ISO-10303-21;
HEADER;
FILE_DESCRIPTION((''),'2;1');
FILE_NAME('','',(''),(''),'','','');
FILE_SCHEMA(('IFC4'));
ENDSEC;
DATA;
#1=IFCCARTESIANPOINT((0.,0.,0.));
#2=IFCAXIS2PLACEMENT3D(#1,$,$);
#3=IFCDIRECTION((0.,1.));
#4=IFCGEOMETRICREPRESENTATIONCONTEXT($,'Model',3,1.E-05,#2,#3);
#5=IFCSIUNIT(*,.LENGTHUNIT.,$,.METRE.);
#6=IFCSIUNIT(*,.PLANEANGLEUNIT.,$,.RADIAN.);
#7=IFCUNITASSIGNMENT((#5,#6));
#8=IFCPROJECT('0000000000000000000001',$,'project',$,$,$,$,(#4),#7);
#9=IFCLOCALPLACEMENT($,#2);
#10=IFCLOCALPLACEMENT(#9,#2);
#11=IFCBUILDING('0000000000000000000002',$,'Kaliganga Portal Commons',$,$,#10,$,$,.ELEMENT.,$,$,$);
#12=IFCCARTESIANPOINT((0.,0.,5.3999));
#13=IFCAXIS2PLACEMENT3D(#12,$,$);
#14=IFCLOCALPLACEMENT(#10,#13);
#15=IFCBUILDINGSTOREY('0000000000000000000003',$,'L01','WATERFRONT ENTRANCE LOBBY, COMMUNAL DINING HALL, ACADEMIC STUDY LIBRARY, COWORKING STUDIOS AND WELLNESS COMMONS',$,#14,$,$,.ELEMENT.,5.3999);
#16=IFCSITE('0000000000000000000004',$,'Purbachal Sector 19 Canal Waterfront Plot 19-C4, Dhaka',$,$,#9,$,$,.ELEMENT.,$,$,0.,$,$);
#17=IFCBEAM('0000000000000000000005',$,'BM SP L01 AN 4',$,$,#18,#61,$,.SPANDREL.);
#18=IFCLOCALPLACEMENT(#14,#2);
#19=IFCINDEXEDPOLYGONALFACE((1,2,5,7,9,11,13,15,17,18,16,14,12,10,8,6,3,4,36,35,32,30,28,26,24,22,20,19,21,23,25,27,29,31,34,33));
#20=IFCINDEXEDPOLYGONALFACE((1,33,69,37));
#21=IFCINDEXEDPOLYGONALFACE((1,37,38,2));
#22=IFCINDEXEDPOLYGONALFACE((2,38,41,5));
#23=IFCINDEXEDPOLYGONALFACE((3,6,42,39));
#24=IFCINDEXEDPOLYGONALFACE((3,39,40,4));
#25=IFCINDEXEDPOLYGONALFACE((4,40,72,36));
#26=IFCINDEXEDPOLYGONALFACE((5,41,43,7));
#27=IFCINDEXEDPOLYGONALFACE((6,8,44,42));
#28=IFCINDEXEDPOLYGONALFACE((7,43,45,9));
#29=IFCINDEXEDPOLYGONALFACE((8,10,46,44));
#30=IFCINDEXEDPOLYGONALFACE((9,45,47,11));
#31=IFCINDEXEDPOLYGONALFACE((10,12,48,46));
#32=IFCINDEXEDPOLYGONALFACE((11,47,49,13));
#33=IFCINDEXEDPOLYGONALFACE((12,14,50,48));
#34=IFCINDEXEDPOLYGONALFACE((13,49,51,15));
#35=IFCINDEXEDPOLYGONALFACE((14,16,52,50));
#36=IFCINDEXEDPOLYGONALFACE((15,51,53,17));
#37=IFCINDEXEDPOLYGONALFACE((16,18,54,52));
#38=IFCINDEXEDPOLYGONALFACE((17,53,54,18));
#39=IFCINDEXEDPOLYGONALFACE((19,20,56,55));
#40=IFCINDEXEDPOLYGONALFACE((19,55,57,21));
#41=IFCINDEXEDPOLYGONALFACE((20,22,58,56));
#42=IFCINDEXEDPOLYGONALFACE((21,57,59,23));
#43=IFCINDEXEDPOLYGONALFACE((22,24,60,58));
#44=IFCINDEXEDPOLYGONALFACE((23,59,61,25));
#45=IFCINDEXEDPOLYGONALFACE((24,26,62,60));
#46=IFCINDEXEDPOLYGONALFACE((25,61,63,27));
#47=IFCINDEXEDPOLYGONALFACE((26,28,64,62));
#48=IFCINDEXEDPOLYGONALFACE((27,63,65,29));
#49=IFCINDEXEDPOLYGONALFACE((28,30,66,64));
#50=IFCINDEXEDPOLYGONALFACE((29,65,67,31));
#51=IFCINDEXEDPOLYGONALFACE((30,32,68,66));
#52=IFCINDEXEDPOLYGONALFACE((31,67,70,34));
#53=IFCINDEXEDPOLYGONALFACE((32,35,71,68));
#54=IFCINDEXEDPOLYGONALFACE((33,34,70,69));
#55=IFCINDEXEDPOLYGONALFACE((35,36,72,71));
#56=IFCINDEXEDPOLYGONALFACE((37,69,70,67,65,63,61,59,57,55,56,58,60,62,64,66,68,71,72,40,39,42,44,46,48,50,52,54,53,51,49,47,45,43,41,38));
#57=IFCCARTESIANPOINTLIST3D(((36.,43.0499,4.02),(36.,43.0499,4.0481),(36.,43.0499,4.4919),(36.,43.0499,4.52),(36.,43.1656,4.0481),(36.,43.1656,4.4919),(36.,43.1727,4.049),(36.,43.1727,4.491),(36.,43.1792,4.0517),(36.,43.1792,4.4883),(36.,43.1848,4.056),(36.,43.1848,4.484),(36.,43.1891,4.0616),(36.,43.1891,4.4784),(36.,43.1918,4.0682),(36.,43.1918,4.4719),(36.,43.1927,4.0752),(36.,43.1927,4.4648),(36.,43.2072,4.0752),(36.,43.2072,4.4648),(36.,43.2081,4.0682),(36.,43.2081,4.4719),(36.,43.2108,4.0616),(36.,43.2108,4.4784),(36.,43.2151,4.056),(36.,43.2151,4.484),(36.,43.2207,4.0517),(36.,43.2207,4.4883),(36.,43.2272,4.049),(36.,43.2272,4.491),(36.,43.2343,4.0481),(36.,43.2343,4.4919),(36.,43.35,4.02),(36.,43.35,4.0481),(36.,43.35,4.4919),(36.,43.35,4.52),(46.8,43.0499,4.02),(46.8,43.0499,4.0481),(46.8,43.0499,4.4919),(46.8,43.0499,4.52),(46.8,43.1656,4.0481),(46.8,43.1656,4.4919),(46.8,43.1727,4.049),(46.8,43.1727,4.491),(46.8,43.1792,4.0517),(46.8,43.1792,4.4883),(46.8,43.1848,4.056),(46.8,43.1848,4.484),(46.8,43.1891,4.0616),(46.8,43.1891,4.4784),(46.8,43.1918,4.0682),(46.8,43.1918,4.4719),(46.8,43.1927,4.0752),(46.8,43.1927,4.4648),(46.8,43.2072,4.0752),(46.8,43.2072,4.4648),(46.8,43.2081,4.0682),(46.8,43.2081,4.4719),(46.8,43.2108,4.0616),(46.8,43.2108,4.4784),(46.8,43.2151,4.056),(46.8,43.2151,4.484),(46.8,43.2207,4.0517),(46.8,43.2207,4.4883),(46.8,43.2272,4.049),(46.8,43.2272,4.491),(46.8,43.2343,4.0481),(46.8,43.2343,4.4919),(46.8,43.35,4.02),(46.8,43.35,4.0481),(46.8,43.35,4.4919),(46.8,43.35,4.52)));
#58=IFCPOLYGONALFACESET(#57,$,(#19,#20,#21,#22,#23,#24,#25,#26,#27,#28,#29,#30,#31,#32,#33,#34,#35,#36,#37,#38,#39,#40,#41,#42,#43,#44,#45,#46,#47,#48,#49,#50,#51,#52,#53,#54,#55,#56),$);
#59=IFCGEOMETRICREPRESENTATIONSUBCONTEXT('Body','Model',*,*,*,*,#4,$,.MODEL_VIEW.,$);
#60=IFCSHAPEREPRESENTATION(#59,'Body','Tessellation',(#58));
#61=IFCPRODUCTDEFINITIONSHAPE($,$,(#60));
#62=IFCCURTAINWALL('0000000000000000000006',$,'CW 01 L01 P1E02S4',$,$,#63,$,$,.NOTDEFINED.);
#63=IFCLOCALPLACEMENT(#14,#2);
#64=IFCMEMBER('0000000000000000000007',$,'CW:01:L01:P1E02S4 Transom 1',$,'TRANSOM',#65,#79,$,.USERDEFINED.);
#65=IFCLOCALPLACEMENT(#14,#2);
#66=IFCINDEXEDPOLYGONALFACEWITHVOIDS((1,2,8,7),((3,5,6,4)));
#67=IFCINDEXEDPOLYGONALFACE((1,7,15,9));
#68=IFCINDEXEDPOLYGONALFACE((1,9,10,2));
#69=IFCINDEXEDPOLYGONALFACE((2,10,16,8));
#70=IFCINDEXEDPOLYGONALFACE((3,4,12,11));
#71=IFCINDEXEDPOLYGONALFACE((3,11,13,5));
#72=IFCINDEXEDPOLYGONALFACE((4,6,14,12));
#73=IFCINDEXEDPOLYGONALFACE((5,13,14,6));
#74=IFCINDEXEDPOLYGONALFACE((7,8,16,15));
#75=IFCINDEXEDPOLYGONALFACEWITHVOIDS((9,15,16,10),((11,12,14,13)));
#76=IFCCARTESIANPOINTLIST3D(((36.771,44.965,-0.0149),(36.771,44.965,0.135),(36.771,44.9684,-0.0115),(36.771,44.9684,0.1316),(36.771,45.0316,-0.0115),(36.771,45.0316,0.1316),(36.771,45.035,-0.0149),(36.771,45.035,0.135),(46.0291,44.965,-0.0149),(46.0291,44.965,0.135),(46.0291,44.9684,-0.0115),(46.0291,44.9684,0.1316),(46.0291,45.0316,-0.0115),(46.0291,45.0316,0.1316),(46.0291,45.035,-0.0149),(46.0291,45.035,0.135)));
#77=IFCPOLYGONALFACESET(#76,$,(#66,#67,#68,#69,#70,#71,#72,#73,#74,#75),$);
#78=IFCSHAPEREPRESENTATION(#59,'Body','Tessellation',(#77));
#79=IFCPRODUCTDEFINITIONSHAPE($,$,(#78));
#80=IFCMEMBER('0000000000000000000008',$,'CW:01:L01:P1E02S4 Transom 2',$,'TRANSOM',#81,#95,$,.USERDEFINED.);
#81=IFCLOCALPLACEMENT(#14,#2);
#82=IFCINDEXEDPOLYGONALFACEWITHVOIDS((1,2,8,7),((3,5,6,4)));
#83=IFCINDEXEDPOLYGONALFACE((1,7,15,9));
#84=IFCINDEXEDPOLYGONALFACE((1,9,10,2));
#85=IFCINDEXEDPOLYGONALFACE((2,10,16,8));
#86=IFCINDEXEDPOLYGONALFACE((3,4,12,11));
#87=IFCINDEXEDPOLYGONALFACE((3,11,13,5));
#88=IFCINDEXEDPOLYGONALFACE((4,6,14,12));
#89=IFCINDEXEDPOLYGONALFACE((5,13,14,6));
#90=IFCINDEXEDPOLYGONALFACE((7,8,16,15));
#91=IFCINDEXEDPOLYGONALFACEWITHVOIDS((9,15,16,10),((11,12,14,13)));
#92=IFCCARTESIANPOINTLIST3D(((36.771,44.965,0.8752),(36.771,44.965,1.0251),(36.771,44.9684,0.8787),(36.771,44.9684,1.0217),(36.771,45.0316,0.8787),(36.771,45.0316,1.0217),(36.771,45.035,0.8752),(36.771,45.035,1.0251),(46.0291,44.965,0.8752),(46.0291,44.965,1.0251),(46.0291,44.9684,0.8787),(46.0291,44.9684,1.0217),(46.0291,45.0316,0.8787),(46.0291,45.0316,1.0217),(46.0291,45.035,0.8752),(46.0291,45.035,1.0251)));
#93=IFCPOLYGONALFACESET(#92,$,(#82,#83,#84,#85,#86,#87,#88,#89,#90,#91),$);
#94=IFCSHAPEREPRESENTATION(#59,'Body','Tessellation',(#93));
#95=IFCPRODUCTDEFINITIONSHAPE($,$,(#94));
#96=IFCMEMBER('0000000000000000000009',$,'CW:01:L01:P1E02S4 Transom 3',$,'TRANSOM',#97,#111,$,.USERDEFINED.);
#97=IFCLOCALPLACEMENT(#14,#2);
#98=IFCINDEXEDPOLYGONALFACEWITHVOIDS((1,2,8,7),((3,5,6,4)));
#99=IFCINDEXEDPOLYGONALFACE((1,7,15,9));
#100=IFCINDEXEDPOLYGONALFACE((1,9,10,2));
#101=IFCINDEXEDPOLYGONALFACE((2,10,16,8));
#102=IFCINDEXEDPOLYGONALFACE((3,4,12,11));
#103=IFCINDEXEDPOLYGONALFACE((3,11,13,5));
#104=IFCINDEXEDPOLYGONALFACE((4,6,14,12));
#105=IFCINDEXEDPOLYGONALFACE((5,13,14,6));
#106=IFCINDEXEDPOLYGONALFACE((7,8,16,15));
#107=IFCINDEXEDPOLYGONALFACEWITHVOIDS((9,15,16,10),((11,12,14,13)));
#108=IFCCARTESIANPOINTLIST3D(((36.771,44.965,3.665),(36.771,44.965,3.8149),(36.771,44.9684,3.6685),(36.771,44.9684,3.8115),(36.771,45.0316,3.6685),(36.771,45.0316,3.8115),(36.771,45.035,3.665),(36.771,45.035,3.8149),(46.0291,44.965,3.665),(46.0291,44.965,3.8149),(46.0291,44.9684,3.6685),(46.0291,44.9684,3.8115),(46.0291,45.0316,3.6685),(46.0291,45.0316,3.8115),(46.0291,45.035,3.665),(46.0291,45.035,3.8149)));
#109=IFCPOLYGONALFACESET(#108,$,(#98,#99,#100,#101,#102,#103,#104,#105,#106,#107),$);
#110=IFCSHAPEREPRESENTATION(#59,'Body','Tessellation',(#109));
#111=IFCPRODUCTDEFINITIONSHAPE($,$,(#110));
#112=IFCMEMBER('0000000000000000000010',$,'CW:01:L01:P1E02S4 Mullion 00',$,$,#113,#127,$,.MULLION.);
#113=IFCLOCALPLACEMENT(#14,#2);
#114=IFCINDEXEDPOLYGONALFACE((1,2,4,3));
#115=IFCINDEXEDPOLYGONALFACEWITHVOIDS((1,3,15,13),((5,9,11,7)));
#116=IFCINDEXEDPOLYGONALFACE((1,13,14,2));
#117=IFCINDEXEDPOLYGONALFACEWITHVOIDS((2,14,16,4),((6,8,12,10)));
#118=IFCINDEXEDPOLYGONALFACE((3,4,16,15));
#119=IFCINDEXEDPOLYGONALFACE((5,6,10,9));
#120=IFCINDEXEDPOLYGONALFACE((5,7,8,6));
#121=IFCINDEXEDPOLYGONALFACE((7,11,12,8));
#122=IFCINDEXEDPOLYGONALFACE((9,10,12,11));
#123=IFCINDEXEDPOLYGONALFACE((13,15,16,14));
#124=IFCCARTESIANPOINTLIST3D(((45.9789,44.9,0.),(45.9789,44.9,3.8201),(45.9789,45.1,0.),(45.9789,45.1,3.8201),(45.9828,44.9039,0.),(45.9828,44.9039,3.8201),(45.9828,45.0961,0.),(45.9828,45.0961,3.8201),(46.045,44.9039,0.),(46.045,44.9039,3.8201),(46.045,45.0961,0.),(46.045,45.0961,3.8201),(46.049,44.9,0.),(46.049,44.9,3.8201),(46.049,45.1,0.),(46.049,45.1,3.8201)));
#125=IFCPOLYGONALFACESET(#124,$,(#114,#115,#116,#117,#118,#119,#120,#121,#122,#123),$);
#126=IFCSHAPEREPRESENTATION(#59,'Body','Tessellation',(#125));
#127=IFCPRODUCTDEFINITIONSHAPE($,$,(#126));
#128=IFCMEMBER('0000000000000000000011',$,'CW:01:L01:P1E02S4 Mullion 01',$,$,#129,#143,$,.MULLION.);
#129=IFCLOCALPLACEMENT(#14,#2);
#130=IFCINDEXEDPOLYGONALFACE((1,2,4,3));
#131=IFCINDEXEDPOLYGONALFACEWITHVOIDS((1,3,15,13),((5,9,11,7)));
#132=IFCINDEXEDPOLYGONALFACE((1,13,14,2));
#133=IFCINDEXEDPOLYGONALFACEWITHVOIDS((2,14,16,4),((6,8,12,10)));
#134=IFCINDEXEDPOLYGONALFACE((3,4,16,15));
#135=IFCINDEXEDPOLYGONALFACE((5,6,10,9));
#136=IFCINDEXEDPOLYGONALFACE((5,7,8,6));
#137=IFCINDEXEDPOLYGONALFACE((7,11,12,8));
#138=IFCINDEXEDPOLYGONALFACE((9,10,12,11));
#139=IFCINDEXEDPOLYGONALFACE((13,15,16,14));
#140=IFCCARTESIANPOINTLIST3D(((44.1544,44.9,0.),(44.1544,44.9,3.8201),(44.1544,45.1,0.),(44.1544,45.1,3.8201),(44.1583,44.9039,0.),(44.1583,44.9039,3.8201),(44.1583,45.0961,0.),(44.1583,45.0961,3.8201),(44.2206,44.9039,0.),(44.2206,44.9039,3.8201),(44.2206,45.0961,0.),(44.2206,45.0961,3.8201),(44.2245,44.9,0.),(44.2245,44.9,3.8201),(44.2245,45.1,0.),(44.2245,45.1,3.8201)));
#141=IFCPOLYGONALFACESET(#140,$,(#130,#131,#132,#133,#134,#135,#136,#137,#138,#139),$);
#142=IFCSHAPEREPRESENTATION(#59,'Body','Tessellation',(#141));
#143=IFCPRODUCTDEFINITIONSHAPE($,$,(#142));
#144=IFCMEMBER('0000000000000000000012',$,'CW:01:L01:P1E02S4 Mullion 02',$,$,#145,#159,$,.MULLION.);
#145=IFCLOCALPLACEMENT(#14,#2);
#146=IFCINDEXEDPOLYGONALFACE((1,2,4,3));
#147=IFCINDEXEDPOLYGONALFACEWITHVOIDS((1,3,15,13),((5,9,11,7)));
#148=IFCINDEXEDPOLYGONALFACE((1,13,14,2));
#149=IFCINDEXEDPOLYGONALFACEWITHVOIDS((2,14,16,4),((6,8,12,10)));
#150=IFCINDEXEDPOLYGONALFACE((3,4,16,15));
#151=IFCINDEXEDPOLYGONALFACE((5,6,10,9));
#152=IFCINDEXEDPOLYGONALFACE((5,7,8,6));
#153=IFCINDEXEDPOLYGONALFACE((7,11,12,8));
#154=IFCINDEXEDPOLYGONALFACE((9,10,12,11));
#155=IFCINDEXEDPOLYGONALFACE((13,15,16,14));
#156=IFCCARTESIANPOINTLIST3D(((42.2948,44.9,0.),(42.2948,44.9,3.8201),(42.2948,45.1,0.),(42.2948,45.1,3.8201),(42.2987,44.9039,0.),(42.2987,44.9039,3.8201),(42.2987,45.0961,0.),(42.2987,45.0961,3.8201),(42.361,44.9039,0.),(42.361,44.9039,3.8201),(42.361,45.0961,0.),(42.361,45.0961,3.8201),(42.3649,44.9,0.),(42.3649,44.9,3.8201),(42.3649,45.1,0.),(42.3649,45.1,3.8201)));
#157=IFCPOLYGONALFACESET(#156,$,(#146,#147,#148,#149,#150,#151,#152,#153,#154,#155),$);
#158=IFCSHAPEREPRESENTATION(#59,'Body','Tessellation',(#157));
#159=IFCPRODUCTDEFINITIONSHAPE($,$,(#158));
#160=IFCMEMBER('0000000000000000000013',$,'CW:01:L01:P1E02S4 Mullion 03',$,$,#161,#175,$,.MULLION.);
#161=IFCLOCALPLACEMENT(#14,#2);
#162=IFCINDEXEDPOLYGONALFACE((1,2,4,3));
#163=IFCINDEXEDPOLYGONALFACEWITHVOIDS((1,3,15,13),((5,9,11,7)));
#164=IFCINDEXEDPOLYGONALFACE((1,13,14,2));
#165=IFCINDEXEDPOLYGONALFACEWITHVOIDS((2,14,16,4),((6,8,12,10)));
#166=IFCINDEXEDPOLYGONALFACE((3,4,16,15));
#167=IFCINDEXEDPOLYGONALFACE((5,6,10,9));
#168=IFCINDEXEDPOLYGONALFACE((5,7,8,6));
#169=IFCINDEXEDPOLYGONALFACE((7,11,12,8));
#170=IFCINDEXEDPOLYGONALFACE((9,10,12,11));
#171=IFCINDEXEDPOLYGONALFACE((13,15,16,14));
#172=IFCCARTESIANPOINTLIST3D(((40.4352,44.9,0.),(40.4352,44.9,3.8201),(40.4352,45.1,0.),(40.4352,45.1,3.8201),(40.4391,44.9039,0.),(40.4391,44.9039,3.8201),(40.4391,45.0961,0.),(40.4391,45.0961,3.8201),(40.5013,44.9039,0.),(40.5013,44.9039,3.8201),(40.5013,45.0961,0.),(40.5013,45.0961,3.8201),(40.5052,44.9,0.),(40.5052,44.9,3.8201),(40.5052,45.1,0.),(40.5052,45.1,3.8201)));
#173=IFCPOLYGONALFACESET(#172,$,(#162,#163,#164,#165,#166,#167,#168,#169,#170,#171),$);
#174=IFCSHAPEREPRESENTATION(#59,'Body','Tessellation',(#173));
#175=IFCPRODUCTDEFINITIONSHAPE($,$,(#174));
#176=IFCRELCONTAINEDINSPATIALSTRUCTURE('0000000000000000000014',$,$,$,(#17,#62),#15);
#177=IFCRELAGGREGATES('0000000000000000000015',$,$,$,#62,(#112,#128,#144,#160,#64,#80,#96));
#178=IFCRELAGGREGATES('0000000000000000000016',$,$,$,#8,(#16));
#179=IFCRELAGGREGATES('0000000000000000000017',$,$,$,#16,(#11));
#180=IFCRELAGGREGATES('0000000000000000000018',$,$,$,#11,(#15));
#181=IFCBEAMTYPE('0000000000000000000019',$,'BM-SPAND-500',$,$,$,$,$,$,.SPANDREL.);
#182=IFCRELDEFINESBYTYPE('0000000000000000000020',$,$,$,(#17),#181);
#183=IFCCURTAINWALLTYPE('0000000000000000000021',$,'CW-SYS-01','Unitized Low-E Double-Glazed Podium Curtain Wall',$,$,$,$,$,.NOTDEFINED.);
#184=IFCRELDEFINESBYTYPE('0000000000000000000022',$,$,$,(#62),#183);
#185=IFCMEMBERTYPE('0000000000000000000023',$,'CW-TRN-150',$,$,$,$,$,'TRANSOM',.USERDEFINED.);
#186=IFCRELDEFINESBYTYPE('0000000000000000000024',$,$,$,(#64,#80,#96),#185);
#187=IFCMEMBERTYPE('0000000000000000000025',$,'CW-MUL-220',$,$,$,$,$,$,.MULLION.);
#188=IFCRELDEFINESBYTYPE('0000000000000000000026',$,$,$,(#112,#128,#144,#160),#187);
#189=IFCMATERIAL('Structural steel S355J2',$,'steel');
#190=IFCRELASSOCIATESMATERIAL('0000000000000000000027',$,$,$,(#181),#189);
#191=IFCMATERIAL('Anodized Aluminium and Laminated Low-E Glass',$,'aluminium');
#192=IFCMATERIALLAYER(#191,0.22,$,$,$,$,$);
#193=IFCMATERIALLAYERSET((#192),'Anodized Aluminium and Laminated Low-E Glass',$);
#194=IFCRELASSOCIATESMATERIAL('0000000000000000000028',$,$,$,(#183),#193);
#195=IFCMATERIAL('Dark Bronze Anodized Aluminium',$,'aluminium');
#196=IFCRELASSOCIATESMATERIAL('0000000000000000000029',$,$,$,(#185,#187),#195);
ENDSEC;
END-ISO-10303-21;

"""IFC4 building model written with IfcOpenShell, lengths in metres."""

from ifc_helpers import new_model, si_unit, direction, frame, origin, origin_2d, place, context, subcontext, project, spatial, hollow_rectangle, i_section, extrude, source, transform, mapped, material, layer, layer_set, material_profile, profile_set, type_object, element, aggregate, save


model = new_model("IFC4")

# Units and contexts
model_context = context("Model", 3, precision=1e-05, world=origin(), true_north=direction((0.0, 1.0)))
body_context = subcontext(model_context, "Body", "Model", "MODEL_VIEW")
ifc_project = project(units=[si_unit("LENGTHUNIT", "METRE"), si_unit("PLANEANGLEUNIT", "RADIAN")], contexts=[model_context])

# Site, building, storey
site_placement = place(None, origin())
site = spatial("IfcSite", under=ifc_project, at=site_placement, Name="Purbachal Sector 19 Canal Waterfront Plot 19-C4, Dhaka", CompositionType="ELEMENT", RefElevation=0.0)
building_placement = place(site_placement, origin())
building = spatial("IfcBuilding", under=site, at=building_placement, Name="Kaliganga Portal Commons", CompositionType="ELEMENT")
storey_placement = place(building_placement, frame((0.0, 0.0, 5.3999)))
storey = spatial("IfcBuildingStorey", under=building, at=storey_placement, Name="L01", Description="WATERFRONT ENTRANCE LOBBY, COMMUNAL DINING HALL, ACADEMIC STUDY LIBRARY, COWORKING STUDIOS AND WELLNESS COMMONS", CompositionType="ELEMENT", Elevation=5.3999)

# Beam
ifc_material_1 = material(Name="Structural steel S355J2", Category="steel")
ifc_material_profile_1 = material_profile(ifc_material_1, i_section(OverallWidth=0.3, OverallDepth=0.5, WebThickness=0.0144, FlangeThickness=0.0281, FilletRadius=0.0271, at=origin_2d()), Name="HE 500 B")
ifc_profile_set_1 = profile_set([ifc_material_profile_1], Name="Structural steel S355J2 wide-flange")
beam_type_1 = type_object("IfcBeamType", Name="BM-SPAND-500", PredefinedType="SPANDREL", material=ifc_profile_set_1)
shared_shape_1 = source(origin(), body_context, "Body", "SweptSolid", [
    extrude(i_section(OverallWidth=0.3, OverallDepth=0.5, WebThickness=0.0144, FlangeThickness=0.0281, FilletRadius=0.0271, at=origin_2d()), origin(), (0.0, 0.0, 1.0), 10.8),
])
beam_1_placement = place(storey_placement, frame((36.0, 43.2, 4.27), z_axis=(1.0, 0.0, 0.0), x_axis=(0.0, 1.0, 0.0)))
element("IfcBeam", 1, at=beam_1_placement, inside=storey, type_object=beam_type_1, Name="BM SP L01 AN 4", PredefinedType="SPANDREL", context=body_context, shape_type="MappedRepresentation", body=[
    mapped(shared_shape_1, transform((0.0, 0.0, 0.0), x_axis=(1.0, 0.0, 0.0), y_axis=(0.0, 1.0, 0.0), z_axis=(0.0, 0.0, 1.0), scale=1.0)),
])

# Curtain wall, members
ifc_material_2 = material(Name="Anodized Aluminium and Laminated Low-E Glass", Category="aluminium")
ifc_layer_1 = layer(ifc_material_2, 0.22)
ifc_layer_set_1 = layer_set([ifc_layer_1], Name="Anodized Aluminium and Laminated Low-E Glass")
curtain_wall_type = type_object("IfcCurtainWallType", Name="CW-SYS-01", Description="Unitized Low-E Double-Glazed Podium Curtain Wall", PredefinedType="NOTDEFINED", material=ifc_layer_set_1)
curtain_wall_placement = place(storey_placement, origin())
curtain_wall = element("IfcCurtainWall", 2, at=curtain_wall_placement, inside=storey, type_object=curtain_wall_type, Name="CW 01 L01 P1E02S4", PredefinedType="NOTDEFINED")
ifc_material_3 = material(Name="Dark Bronze Anodized Aluminium", Category="aluminium")
ifc_material_profile_2 = material_profile(ifc_material_3, hollow_rectangle(XDim=0.0701, YDim=0.1499, WallThickness=0.0034, at=origin_2d()), Name="ALU TRAN 70x150x3.5")
ifc_profile_set_2 = profile_set([ifc_material_profile_2], Name="Dark Bronze Anodized Aluminium")
member_type_1 = type_object("IfcMemberType", Name="CW-TRN-150", ElementType="TRANSOM", PredefinedType="USERDEFINED", material=ifc_profile_set_2)
shared_shape_2 = source(origin(), body_context, "Body", "SweptSolid", [
    extrude(hollow_rectangle(XDim=0.0701, YDim=0.1499, WallThickness=0.0034, at=origin_2d()), origin(), (0.0, 0.0, 1.0), 9.2581),
])
member_1_placement = place(storey_placement, frame((46.0291, 45.0, 0.0601), z_axis=(-1.0, 0.0, 0.0), x_axis=(0.0, -1.0, 0.0)))
member_1 = element("IfcMember", 3, at=member_1_placement, type_object=member_type_1, Name="CW:01:L01:P1E02S4 Transom 1", ObjectType="TRANSOM", PredefinedType="USERDEFINED", context=body_context, shape_type="MappedRepresentation", body=[
    mapped(shared_shape_2, transform((0.0, 0.0, 0.0), x_axis=(1.0, 0.0, 0.0), y_axis=(0.0, 1.0, 0.0), z_axis=(0.0, 0.0, 1.0), scale=1.0)),
])
member_2_placement = place(storey_placement, frame((46.0291, 45.0, 0.9502), z_axis=(-1.0, 0.0, 0.0), x_axis=(0.0, -1.0, 0.0)))
member_2 = element("IfcMember", 4, at=member_2_placement, type_object=member_type_1, Name="CW:01:L01:P1E02S4 Transom 2", ObjectType="TRANSOM", PredefinedType="USERDEFINED", context=body_context, shape_type="MappedRepresentation", body=[
    mapped(shared_shape_2, transform((0.0, 0.0, 0.0), x_axis=(1.0, 0.0, 0.0), y_axis=(0.0, 1.0, 0.0), z_axis=(0.0, 0.0, 1.0), scale=1.0)),
])
member_3_placement = place(storey_placement, frame((46.0291, 45.0, 3.74), z_axis=(-1.0, 0.0, 0.0), x_axis=(0.0, -1.0, 0.0)))
member_3 = element("IfcMember", 5, at=member_3_placement, type_object=member_type_1, Name="CW:01:L01:P1E02S4 Transom 3", ObjectType="TRANSOM", PredefinedType="USERDEFINED", context=body_context, shape_type="MappedRepresentation", body=[
    mapped(shared_shape_2, transform((0.0, 0.0, 0.0), x_axis=(1.0, 0.0, 0.0), y_axis=(0.0, 1.0, 0.0), z_axis=(0.0, 0.0, 1.0), scale=1.0)),
])
ifc_material_profile_3 = material_profile(ifc_material_3, hollow_rectangle(XDim=0.0701, YDim=0.2, WallThickness=0.0039, at=origin_2d()), Name="ALU MULL 70x200x4")
ifc_profile_set_3 = profile_set([ifc_material_profile_3], Name="Dark Bronze Anodized Aluminium")
member_type_2 = type_object("IfcMemberType", Name="CW-MUL-220", PredefinedType="MULLION", material=ifc_profile_set_3)
shared_shape_3 = source(origin(), body_context, "Body", "SweptSolid", [
    extrude(hollow_rectangle(XDim=0.0701, YDim=0.2, WallThickness=0.0039, at=origin_2d()), origin(), (0.0, 0.0, 1.0), 3.8201),
])
member_4_placement = place(storey_placement, frame((46.0139, 45.0, 0.0), z_axis=(0.0, 0.0, 1.0), x_axis=(-1.0, 0.0, 0.0)))
member_4 = element("IfcMember", 6, at=member_4_placement, type_object=member_type_2, Name="CW:01:L01:P1E02S4 Mullion 00", PredefinedType="MULLION", context=body_context, shape_type="MappedRepresentation", body=[
    mapped(shared_shape_3, transform((0.0, 0.0, 0.0), x_axis=(1.0, 0.0, 0.0), y_axis=(0.0, 1.0, 0.0), z_axis=(0.0, 0.0, 1.0), scale=1.0)),
])
member_5_placement = place(storey_placement, frame((44.1895, 45.0, 0.0), z_axis=(0.0, 0.0, 1.0), x_axis=(-1.0, 0.0, 0.0)))
member_5 = element("IfcMember", 7, at=member_5_placement, type_object=member_type_2, Name="CW:01:L01:P1E02S4 Mullion 01", PredefinedType="MULLION", context=body_context, shape_type="MappedRepresentation", body=[
    mapped(shared_shape_3, transform((0.0, 0.0, 0.0), x_axis=(1.0, 0.0, 0.0), y_axis=(0.0, 1.0, 0.0), z_axis=(0.0, 0.0, 1.0), scale=1.0)),
])
member_6_placement = place(storey_placement, frame((42.3298, 45.0, 0.0), z_axis=(0.0, 0.0, 1.0), x_axis=(-1.0, 0.0, 0.0)))
member_6 = element("IfcMember", 8, at=member_6_placement, type_object=member_type_2, Name="CW:01:L01:P1E02S4 Mullion 02", PredefinedType="MULLION", context=body_context, shape_type="MappedRepresentation", body=[
    mapped(shared_shape_3, transform((0.0, 0.0, 0.0), x_axis=(1.0, 0.0, 0.0), y_axis=(0.0, 1.0, 0.0), z_axis=(0.0, 0.0, 1.0), scale=1.0)),
])
member_7_placement = place(storey_placement, frame((40.4702, 45.0, 0.0), z_axis=(0.0, 0.0, 1.0), x_axis=(-1.0, 0.0, 0.0)))
member_7 = element("IfcMember", 9, at=member_7_placement, type_object=member_type_2, Name="CW:01:L01:P1E02S4 Mullion 03", PredefinedType="MULLION", context=body_context, shape_type="MappedRepresentation", body=[
    mapped(shared_shape_3, transform((0.0, 0.0, 0.0), x_axis=(1.0, 0.0, 0.0), y_axis=(0.0, 1.0, 0.0), z_axis=(0.0, 0.0, 1.0), scale=1.0)),
])
aggregate(curtain_wall, [member_4, member_5, member_6, member_7, member_1, member_2, member_3])

save(model, "model.ifc")
